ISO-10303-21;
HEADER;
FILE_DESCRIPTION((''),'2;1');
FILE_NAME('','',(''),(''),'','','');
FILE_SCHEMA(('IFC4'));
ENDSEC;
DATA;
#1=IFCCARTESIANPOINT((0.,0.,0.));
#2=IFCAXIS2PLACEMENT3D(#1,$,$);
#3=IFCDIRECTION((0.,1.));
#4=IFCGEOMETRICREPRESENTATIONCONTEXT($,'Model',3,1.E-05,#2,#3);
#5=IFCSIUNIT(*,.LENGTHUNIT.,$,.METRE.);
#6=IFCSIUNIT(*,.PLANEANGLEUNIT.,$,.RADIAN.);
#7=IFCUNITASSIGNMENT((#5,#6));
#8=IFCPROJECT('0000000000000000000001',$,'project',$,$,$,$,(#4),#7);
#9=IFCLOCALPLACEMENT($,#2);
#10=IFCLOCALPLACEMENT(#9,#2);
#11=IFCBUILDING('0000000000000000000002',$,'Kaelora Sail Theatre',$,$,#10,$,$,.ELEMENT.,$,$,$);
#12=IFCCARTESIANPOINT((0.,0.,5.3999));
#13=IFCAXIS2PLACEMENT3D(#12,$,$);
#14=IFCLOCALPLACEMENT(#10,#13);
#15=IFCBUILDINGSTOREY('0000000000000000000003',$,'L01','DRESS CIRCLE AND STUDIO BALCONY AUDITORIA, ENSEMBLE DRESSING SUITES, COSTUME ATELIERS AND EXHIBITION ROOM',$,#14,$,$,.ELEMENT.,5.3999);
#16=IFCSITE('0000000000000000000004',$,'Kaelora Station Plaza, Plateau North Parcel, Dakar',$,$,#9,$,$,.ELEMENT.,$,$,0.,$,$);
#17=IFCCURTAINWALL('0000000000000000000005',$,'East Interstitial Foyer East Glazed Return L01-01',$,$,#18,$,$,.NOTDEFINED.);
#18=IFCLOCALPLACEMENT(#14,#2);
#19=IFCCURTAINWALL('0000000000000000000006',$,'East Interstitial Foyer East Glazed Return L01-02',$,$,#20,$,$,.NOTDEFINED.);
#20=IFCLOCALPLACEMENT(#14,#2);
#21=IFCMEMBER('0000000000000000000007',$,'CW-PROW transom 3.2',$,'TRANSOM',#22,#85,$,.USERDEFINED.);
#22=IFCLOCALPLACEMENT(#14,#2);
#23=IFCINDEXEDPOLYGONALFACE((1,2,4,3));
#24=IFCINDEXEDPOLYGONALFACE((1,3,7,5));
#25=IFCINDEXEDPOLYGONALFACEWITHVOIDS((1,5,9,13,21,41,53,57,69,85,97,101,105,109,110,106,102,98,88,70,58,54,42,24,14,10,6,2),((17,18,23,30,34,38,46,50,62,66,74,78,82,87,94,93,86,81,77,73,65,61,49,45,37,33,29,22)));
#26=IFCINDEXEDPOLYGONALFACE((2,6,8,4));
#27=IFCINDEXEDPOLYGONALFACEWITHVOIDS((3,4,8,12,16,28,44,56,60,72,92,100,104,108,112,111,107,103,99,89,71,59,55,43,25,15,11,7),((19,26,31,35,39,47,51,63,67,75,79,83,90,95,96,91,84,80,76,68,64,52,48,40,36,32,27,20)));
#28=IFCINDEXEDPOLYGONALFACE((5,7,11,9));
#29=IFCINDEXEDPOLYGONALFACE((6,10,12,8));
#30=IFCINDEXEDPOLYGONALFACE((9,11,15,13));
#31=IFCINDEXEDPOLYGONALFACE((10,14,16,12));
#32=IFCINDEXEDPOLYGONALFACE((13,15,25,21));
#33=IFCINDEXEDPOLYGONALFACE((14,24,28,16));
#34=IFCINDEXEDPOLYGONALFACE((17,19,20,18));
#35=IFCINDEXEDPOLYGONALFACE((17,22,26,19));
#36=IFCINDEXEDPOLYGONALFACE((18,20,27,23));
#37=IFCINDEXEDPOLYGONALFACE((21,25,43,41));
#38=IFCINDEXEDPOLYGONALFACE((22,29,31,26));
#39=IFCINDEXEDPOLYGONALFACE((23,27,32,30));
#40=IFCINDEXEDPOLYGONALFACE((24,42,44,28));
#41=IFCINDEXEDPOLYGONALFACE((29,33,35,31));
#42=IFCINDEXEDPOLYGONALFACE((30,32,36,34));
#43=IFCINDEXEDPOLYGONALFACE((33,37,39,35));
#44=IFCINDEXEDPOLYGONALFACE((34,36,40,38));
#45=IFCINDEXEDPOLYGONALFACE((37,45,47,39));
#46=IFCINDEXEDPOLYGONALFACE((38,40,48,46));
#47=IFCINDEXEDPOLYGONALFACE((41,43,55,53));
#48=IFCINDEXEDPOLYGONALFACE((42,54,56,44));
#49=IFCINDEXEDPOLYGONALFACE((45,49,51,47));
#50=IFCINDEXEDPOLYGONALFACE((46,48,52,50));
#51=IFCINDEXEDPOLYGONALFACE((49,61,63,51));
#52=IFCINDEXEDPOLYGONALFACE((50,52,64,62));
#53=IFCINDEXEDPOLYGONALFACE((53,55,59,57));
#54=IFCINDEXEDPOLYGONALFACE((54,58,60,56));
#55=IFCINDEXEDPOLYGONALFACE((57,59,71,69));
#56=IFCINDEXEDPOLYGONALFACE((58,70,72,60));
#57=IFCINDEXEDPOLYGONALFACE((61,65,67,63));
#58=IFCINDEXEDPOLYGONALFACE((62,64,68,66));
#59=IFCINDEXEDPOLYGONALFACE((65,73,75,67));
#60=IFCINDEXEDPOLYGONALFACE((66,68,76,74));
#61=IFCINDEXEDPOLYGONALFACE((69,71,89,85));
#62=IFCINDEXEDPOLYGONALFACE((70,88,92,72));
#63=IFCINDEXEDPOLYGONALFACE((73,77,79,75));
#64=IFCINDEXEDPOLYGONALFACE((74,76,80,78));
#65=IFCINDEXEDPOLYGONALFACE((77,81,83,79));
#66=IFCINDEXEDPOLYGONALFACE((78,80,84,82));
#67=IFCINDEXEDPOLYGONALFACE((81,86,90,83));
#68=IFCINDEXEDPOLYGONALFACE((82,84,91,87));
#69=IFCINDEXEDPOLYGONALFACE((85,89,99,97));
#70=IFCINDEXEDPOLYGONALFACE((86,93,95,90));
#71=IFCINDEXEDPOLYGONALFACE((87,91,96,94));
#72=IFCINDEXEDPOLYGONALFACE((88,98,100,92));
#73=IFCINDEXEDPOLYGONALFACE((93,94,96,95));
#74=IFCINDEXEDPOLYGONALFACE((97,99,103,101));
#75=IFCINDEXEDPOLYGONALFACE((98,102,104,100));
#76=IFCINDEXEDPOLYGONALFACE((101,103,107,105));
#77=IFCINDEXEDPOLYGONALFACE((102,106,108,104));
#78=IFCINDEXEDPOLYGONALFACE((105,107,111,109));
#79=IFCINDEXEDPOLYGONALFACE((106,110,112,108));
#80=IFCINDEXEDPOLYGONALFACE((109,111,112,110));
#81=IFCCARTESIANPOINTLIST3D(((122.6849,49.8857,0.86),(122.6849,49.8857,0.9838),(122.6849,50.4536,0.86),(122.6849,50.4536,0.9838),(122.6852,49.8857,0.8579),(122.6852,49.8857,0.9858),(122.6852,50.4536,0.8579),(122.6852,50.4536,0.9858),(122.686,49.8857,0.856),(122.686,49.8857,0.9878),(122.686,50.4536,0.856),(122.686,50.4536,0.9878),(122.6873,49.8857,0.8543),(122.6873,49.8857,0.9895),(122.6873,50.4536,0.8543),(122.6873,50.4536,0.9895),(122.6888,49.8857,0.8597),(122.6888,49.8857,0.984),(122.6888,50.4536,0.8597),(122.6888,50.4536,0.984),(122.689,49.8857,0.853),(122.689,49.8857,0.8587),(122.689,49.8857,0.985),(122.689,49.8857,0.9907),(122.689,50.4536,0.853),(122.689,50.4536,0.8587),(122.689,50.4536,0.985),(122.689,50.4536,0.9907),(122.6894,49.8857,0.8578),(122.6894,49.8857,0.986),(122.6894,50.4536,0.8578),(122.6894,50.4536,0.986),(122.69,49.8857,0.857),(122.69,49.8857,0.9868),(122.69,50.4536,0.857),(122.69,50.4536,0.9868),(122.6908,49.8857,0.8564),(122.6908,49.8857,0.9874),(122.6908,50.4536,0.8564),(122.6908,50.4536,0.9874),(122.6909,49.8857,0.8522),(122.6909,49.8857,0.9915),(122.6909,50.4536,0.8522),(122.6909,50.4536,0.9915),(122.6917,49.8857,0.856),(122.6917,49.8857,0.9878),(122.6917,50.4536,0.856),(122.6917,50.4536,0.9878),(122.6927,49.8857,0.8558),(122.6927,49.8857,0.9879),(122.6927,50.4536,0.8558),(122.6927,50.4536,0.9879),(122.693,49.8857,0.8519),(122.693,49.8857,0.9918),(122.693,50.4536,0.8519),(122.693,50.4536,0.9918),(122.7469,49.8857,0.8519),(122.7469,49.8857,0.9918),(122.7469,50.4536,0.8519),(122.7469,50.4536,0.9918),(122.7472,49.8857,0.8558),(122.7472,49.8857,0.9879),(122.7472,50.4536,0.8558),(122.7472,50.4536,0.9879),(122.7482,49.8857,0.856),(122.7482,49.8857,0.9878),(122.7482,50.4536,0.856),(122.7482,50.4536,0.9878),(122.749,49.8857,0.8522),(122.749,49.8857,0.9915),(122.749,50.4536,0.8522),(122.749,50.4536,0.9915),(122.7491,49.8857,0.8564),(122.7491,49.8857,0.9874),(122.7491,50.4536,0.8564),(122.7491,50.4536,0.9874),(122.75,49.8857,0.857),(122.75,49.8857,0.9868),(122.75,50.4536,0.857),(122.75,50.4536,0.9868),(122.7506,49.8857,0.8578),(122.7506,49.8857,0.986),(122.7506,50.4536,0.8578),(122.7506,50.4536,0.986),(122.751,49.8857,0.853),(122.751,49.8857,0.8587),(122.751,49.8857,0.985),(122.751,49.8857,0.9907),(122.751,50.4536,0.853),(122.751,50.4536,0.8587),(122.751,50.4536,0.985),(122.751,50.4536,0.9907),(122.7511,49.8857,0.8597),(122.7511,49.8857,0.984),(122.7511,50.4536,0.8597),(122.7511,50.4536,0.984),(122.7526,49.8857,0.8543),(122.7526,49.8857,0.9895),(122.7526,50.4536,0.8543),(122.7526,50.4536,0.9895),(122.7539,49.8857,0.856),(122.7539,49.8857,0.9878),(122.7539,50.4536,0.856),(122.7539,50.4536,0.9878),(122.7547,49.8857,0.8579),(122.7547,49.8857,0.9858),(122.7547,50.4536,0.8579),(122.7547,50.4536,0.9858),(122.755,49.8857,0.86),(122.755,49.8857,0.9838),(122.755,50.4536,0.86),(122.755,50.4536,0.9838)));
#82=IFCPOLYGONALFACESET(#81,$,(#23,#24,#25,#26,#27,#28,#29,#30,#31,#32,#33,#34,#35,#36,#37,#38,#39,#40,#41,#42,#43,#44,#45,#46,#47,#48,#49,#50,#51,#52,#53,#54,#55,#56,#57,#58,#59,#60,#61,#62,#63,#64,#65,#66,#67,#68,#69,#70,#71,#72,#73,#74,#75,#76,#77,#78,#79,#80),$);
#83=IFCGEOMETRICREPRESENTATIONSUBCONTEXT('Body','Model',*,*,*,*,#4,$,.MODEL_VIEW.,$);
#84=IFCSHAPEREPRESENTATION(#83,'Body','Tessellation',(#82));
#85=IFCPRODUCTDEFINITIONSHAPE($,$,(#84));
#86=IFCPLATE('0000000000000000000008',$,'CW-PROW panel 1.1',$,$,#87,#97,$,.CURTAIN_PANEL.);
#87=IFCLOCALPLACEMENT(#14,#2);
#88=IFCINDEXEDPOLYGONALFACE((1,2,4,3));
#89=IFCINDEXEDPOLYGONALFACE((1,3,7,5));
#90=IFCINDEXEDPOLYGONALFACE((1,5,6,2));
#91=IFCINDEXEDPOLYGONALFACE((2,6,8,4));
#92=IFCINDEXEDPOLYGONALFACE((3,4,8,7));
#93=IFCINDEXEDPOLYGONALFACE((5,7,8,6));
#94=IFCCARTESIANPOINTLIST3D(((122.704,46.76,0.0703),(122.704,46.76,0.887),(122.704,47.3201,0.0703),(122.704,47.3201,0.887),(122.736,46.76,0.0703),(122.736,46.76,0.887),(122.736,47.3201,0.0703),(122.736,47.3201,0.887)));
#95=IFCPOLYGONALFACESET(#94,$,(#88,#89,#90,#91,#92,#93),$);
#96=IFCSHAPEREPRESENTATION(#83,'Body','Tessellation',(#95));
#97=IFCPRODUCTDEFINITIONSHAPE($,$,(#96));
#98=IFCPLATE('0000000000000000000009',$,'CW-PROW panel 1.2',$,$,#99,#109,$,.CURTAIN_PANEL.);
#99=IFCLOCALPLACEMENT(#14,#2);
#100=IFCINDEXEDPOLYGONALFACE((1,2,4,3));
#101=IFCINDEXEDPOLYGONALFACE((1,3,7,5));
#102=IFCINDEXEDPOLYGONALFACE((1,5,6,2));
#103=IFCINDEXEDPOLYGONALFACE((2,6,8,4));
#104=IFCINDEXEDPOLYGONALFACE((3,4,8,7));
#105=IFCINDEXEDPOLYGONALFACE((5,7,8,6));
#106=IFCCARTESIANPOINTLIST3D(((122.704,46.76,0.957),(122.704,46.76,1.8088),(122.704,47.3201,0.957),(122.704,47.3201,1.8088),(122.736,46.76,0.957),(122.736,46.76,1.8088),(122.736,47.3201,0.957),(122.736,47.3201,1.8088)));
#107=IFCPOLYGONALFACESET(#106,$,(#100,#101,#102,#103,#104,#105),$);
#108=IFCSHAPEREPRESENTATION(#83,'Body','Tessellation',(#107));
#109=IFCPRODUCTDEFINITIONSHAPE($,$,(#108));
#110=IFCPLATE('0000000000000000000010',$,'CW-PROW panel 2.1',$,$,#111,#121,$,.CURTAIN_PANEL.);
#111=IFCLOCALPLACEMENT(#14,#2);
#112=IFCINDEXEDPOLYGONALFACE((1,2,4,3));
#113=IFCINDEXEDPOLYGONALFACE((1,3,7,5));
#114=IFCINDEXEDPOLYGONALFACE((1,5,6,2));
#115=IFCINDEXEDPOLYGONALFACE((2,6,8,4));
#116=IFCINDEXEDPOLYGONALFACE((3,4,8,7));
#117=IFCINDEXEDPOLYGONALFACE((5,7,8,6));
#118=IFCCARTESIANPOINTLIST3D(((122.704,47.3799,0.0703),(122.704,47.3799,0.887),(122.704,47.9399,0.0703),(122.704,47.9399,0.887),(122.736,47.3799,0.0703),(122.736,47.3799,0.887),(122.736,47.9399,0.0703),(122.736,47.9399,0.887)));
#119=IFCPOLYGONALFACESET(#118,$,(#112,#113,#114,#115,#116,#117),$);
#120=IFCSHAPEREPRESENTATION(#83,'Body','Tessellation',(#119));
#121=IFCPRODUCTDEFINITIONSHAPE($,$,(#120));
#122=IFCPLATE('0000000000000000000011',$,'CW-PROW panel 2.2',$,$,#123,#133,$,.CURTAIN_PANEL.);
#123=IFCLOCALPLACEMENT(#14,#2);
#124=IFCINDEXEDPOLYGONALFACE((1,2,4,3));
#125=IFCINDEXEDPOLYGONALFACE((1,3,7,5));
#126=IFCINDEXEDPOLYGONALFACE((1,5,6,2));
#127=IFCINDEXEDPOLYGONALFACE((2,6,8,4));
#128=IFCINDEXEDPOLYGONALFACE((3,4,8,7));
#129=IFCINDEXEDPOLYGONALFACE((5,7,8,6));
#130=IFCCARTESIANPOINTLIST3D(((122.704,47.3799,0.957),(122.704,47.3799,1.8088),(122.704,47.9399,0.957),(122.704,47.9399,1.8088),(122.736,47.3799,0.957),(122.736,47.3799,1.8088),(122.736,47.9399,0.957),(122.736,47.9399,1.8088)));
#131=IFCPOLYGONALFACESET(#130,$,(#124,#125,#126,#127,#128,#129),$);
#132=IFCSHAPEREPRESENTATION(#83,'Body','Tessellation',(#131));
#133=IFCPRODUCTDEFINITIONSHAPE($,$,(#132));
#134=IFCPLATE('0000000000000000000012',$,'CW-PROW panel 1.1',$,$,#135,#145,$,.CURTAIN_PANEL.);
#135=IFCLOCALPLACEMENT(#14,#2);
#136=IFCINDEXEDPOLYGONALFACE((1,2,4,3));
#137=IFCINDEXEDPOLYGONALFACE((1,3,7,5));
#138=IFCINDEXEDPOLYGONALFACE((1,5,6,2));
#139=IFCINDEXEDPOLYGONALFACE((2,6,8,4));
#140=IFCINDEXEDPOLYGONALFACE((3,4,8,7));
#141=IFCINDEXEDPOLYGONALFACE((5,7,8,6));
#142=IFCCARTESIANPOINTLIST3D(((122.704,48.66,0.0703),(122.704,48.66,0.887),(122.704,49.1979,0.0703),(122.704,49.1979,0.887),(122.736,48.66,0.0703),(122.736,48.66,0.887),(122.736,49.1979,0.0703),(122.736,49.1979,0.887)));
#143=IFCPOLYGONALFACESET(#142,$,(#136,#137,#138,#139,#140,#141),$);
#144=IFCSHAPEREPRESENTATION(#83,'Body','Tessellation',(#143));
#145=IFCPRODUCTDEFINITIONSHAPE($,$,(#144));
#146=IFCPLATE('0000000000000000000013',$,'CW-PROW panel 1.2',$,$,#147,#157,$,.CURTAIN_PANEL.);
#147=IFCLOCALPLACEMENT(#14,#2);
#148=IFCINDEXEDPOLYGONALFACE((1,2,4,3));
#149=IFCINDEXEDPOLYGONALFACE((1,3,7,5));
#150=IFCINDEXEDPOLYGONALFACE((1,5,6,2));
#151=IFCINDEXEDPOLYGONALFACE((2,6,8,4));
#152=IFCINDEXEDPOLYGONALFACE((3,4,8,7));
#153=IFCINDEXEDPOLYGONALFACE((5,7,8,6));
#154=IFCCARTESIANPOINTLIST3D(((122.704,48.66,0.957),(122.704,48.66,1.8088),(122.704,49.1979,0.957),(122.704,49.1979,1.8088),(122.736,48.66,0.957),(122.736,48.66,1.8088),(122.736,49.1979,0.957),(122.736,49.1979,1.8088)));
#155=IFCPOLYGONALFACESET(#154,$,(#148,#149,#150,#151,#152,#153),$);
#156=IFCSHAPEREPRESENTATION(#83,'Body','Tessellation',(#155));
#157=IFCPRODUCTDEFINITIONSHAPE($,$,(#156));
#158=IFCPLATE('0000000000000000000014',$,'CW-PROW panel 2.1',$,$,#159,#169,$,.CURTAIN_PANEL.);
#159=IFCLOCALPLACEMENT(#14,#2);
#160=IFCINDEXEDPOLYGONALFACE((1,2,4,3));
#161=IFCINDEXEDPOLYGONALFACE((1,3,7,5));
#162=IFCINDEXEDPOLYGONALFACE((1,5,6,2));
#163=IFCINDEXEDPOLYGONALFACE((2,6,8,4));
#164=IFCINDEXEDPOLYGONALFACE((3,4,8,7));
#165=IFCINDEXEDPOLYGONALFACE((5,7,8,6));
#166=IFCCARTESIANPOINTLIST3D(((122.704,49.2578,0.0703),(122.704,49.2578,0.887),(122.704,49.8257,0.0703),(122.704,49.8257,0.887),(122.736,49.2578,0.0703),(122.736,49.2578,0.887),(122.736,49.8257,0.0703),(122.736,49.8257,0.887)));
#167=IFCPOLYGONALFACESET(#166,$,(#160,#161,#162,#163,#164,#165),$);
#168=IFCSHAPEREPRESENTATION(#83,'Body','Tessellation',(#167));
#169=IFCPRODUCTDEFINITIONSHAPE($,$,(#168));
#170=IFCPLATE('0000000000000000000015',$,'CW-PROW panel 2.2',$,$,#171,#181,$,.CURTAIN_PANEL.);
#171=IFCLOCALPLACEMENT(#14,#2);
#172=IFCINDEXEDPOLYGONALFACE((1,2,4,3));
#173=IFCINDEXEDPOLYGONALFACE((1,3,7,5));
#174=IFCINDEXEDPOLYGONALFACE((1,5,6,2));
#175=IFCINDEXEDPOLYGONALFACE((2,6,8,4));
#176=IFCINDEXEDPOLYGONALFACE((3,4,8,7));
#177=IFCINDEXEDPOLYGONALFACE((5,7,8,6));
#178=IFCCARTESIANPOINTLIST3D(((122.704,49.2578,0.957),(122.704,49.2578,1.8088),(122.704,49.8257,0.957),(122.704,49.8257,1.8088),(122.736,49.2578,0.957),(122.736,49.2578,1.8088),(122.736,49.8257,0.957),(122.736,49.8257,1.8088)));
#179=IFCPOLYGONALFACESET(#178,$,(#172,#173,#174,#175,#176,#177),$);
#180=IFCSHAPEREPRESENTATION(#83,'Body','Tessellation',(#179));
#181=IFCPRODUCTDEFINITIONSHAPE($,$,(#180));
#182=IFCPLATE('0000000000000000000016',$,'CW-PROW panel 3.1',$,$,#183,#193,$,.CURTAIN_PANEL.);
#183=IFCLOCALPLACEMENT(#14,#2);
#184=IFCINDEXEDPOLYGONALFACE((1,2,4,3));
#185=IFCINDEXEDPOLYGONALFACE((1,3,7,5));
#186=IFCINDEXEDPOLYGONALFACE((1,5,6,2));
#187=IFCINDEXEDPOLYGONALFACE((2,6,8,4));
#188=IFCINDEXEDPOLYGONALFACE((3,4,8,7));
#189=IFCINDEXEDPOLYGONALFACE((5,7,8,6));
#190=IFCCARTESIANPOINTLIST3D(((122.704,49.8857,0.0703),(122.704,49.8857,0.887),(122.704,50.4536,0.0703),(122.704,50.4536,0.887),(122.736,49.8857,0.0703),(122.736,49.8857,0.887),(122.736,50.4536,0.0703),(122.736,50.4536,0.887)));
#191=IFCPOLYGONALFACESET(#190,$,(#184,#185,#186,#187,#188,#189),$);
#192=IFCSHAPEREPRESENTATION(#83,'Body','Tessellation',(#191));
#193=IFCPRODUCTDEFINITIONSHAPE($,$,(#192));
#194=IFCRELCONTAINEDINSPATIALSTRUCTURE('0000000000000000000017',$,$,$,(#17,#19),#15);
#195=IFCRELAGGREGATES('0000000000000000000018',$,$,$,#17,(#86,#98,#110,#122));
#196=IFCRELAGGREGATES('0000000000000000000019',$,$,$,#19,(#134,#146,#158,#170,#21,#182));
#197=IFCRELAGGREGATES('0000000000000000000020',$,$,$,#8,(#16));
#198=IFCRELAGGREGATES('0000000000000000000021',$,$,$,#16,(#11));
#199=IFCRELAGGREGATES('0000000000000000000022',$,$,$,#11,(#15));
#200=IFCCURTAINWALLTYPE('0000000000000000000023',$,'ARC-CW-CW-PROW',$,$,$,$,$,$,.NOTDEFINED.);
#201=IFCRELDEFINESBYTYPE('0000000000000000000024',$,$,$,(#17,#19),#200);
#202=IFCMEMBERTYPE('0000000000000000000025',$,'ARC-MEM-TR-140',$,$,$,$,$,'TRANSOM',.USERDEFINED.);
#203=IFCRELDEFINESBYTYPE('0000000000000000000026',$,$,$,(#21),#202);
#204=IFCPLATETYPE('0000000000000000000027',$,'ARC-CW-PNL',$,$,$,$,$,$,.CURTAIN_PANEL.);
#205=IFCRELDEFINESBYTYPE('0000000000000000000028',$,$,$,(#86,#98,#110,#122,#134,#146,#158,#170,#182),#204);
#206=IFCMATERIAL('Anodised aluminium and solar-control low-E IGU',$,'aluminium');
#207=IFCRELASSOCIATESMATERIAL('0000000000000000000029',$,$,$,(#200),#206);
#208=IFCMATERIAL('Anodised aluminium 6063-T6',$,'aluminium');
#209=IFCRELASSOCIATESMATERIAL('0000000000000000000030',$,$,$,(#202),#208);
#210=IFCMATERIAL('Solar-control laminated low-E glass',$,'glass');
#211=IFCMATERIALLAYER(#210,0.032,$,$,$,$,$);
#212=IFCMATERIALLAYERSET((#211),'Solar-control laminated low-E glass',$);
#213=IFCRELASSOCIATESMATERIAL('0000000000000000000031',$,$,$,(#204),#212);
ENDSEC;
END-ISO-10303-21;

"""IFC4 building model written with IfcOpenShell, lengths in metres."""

from ifc_helpers import new_model, si_unit, direction, frame, origin, origin_2d, place, context, subcontext, project, spatial, rectangle, hollow_rectangle, extrude, material, layer, layer_set, material_profile, profile_set, type_object, element, aggregate, save


model = new_model("IFC4")

# Units and contexts
model_context = context("Model", 3, precision=1e-05, world=origin(), true_north=direction((0.0, 1.0)))
body_context = subcontext(model_context, "Body", "Model", "MODEL_VIEW")
ifc_project = project(units=[si_unit("LENGTHUNIT", "METRE"), si_unit("PLANEANGLEUNIT", "RADIAN")], contexts=[model_context])

# Site, building, storey
site_placement = place(None, origin())
site = spatial("IfcSite", under=ifc_project, at=site_placement, Name="Kaelora Station Plaza, Plateau North Parcel, Dakar", CompositionType="ELEMENT", RefElevation=0.0)
building_placement = place(site_placement, origin())
building = spatial("IfcBuilding", under=site, at=building_placement, Name="Kaelora Sail Theatre", CompositionType="ELEMENT")
storey_placement = place(building_placement, frame((0.0, 0.0, 5.3999)))
storey = spatial("IfcBuildingStorey", under=building, at=storey_placement, Name="L01", Description="DRESS CIRCLE AND STUDIO BALCONY AUDITORIA, ENSEMBLE DRESSING SUITES, COSTUME ATELIERS AND EXHIBITION ROOM", CompositionType="ELEMENT", Elevation=5.3999)

# Curtain walls
ifc_material_1 = material(Name="Anodised aluminium and solar-control low-E IGU", Category="aluminium")
curtain_wall_type = type_object("IfcCurtainWallType", Name="ARC-CW-CW-PROW", PredefinedType="NOTDEFINED", material=ifc_material_1)
curtain_wall_1_placement = place(storey_placement, origin())
curtain_wall_1 = element("IfcCurtainWall", 1, at=curtain_wall_1_placement, inside=storey, type_object=curtain_wall_type, Name="East Interstitial Foyer East Glazed Return L01-01", PredefinedType="NOTDEFINED")
curtain_wall_2_placement = place(storey_placement, origin())
curtain_wall_2 = element("IfcCurtainWall", 2, at=curtain_wall_2_placement, inside=storey, type_object=curtain_wall_type, Name="East Interstitial Foyer East Glazed Return L01-02", PredefinedType="NOTDEFINED")

# Member
ifc_material_2 = material(Name="Anodised aluminium 6063-T6", Category="aluminium")
ifc_material_profile_1 = material_profile(ifc_material_2, hollow_rectangle(XDim=0.0701, YDim=0.1399, WallThickness=0.0039, InnerFilletRadius=0.0039, OuterFilletRadius=0.0081, at=origin_2d()), Name="ALU-TRAN 70x140x4")
ifc_profile_set_1 = profile_set([ifc_material_profile_1], Name="Anodised aluminium 6063-T6")
member_type_1 = type_object("IfcMemberType", Name="ARC-MEM-TR-140", ElementType="TRANSOM", PredefinedType="USERDEFINED", material=ifc_profile_set_1)
member_1_placement = place(storey_placement, frame((122.72, 49.8857, 0.9219), z_axis=(0.0, 1.0, 0.0), x_axis=(-1.0, 0.0, 0.0)))
member_1 = element("IfcMember", 3, at=member_1_placement, type_object=member_type_1, Name="CW-PROW transom 3.2", ObjectType="TRANSOM", PredefinedType="USERDEFINED", context=body_context, shape_type="SweptSolid", body=[
    extrude(hollow_rectangle(XDim=0.0701, YDim=0.1399, WallThickness=0.0039, InnerFilletRadius=0.0039, OuterFilletRadius=0.0081, at=origin_2d()), origin(), (0.0, 0.0, 1.0), 0.5679),
])

# Plates
ifc_material_3 = material(Name="Solar-control laminated low-E glass", Category="glass")
ifc_layer = layer(ifc_material_3, 0.032)
ifc_layer_set = layer_set([ifc_layer], Name="Solar-control laminated low-E glass")
plate_type = type_object("IfcPlateType", Name="ARC-CW-PNL", PredefinedType="CURTAIN_PANEL", material=ifc_layer_set)
plate_1_placement = place(storey_placement, frame((122.72, 47.04, 0.0703), z_axis=(0.0, 0.0, 1.0), x_axis=(0.0, 1.0, 0.0)))
plate_1 = element("IfcPlate", 4, at=plate_1_placement, type_object=plate_type, Name="CW-PROW panel 1.1", PredefinedType="CURTAIN_PANEL", context=body_context, shape_type="SweptSolid", body=[
    extrude(rectangle(XDim=0.5601, YDim=0.032, at=origin_2d()), origin(), (0.0, 0.0, 1.0), 0.8167),
])
plate_2_placement = place(storey_placement, frame((122.72, 47.04, 0.957), z_axis=(0.0, 0.0, 1.0), x_axis=(0.0, 1.0, 0.0)))
plate_2 = element("IfcPlate", 5, at=plate_2_placement, type_object=plate_type, Name="CW-PROW panel 1.2", PredefinedType="CURTAIN_PANEL", context=body_context, shape_type="SweptSolid", body=[
    extrude(rectangle(XDim=0.5601, YDim=0.032, at=origin_2d()), origin(), (0.0, 0.0, 1.0), 0.8518),
])
plate_3_placement = place(storey_placement, frame((122.72, 47.6599, 0.0703), z_axis=(0.0, 0.0, 1.0), x_axis=(0.0, 1.0, 0.0)))
plate_3 = element("IfcPlate", 6, at=plate_3_placement, type_object=plate_type, Name="CW-PROW panel 2.1", PredefinedType="CURTAIN_PANEL", context=body_context, shape_type="SweptSolid", body=[
    extrude(rectangle(XDim=0.5601, YDim=0.032, at=origin_2d()), origin(), (0.0, 0.0, 1.0), 0.8167),
])
plate_4_placement = place(storey_placement, frame((122.72, 47.6599, 0.957), z_axis=(0.0, 0.0, 1.0), x_axis=(0.0, 1.0, 0.0)))
plate_4 = element("IfcPlate", 7, at=plate_4_placement, type_object=plate_type, Name="CW-PROW panel 2.2", PredefinedType="CURTAIN_PANEL", context=body_context, shape_type="SweptSolid", body=[
    extrude(rectangle(XDim=0.5601, YDim=0.032, at=origin_2d()), origin(), (0.0, 0.0, 1.0), 0.8518),
])
aggregate(curtain_wall_1, [plate_1, plate_2, plate_3, plate_4])
plate_5_placement = place(storey_placement, frame((122.72, 48.929, 0.0703), z_axis=(0.0, 0.0, 1.0), x_axis=(0.0, 1.0, 0.0)))
plate_5 = element("IfcPlate", 8, at=plate_5_placement, type_object=plate_type, Name="CW-PROW panel 1.1", PredefinedType="CURTAIN_PANEL", context=body_context, shape_type="SweptSolid", body=[
    extrude(rectangle(XDim=0.5378, YDim=0.032, at=origin_2d()), origin(), (0.0, 0.0, 1.0), 0.8167),
])
plate_6_placement = place(storey_placement, frame((122.72, 48.929, 0.957), z_axis=(0.0, 0.0, 1.0), x_axis=(0.0, 1.0, 0.0)))
plate_6 = element("IfcPlate", 9, at=plate_6_placement, type_object=plate_type, Name="CW-PROW panel 1.2", PredefinedType="CURTAIN_PANEL", context=body_context, shape_type="SweptSolid", body=[
    extrude(rectangle(XDim=0.5378, YDim=0.032, at=origin_2d()), origin(), (0.0, 0.0, 1.0), 0.8518),
])
plate_7_placement = place(storey_placement, frame((122.72, 49.5417, 0.0703), z_axis=(0.0, 0.0, 1.0), x_axis=(0.0, 1.0, 0.0)))
plate_7 = element("IfcPlate", 10, at=plate_7_placement, type_object=plate_type, Name="CW-PROW panel 2.1", PredefinedType="CURTAIN_PANEL", context=body_context, shape_type="SweptSolid", body=[
    extrude(rectangle(XDim=0.5679, YDim=0.032, at=origin_2d()), origin(), (0.0, 0.0, 1.0), 0.8167),
])
plate_8_placement = place(storey_placement, frame((122.72, 49.5417, 0.957), z_axis=(0.0, 0.0, 1.0), x_axis=(0.0, 1.0, 0.0)))
plate_8 = element("IfcPlate", 11, at=plate_8_placement, type_object=plate_type, Name="CW-PROW panel 2.2", PredefinedType="CURTAIN_PANEL", context=body_context, shape_type="SweptSolid", body=[
    extrude(rectangle(XDim=0.5679, YDim=0.032, at=origin_2d()), origin(), (0.0, 0.0, 1.0), 0.8518),
])
plate_9_placement = place(storey_placement, frame((122.72, 50.1697, 0.0703), z_axis=(0.0, 0.0, 1.0), x_axis=(0.0, 1.0, 0.0)))
plate_9 = element("IfcPlate", 12, at=plate_9_placement, type_object=plate_type, Name="CW-PROW panel 3.1", PredefinedType="CURTAIN_PANEL", context=body_context, shape_type="SweptSolid", body=[
    extrude(rectangle(XDim=0.5679, YDim=0.032, at=origin_2d()), origin(), (0.0, 0.0, 1.0), 0.8167),
])
aggregate(curtain_wall_2, [plate_5, plate_6, plate_7, plate_8, member_1, plate_9])

save(model, "model.ifc")
